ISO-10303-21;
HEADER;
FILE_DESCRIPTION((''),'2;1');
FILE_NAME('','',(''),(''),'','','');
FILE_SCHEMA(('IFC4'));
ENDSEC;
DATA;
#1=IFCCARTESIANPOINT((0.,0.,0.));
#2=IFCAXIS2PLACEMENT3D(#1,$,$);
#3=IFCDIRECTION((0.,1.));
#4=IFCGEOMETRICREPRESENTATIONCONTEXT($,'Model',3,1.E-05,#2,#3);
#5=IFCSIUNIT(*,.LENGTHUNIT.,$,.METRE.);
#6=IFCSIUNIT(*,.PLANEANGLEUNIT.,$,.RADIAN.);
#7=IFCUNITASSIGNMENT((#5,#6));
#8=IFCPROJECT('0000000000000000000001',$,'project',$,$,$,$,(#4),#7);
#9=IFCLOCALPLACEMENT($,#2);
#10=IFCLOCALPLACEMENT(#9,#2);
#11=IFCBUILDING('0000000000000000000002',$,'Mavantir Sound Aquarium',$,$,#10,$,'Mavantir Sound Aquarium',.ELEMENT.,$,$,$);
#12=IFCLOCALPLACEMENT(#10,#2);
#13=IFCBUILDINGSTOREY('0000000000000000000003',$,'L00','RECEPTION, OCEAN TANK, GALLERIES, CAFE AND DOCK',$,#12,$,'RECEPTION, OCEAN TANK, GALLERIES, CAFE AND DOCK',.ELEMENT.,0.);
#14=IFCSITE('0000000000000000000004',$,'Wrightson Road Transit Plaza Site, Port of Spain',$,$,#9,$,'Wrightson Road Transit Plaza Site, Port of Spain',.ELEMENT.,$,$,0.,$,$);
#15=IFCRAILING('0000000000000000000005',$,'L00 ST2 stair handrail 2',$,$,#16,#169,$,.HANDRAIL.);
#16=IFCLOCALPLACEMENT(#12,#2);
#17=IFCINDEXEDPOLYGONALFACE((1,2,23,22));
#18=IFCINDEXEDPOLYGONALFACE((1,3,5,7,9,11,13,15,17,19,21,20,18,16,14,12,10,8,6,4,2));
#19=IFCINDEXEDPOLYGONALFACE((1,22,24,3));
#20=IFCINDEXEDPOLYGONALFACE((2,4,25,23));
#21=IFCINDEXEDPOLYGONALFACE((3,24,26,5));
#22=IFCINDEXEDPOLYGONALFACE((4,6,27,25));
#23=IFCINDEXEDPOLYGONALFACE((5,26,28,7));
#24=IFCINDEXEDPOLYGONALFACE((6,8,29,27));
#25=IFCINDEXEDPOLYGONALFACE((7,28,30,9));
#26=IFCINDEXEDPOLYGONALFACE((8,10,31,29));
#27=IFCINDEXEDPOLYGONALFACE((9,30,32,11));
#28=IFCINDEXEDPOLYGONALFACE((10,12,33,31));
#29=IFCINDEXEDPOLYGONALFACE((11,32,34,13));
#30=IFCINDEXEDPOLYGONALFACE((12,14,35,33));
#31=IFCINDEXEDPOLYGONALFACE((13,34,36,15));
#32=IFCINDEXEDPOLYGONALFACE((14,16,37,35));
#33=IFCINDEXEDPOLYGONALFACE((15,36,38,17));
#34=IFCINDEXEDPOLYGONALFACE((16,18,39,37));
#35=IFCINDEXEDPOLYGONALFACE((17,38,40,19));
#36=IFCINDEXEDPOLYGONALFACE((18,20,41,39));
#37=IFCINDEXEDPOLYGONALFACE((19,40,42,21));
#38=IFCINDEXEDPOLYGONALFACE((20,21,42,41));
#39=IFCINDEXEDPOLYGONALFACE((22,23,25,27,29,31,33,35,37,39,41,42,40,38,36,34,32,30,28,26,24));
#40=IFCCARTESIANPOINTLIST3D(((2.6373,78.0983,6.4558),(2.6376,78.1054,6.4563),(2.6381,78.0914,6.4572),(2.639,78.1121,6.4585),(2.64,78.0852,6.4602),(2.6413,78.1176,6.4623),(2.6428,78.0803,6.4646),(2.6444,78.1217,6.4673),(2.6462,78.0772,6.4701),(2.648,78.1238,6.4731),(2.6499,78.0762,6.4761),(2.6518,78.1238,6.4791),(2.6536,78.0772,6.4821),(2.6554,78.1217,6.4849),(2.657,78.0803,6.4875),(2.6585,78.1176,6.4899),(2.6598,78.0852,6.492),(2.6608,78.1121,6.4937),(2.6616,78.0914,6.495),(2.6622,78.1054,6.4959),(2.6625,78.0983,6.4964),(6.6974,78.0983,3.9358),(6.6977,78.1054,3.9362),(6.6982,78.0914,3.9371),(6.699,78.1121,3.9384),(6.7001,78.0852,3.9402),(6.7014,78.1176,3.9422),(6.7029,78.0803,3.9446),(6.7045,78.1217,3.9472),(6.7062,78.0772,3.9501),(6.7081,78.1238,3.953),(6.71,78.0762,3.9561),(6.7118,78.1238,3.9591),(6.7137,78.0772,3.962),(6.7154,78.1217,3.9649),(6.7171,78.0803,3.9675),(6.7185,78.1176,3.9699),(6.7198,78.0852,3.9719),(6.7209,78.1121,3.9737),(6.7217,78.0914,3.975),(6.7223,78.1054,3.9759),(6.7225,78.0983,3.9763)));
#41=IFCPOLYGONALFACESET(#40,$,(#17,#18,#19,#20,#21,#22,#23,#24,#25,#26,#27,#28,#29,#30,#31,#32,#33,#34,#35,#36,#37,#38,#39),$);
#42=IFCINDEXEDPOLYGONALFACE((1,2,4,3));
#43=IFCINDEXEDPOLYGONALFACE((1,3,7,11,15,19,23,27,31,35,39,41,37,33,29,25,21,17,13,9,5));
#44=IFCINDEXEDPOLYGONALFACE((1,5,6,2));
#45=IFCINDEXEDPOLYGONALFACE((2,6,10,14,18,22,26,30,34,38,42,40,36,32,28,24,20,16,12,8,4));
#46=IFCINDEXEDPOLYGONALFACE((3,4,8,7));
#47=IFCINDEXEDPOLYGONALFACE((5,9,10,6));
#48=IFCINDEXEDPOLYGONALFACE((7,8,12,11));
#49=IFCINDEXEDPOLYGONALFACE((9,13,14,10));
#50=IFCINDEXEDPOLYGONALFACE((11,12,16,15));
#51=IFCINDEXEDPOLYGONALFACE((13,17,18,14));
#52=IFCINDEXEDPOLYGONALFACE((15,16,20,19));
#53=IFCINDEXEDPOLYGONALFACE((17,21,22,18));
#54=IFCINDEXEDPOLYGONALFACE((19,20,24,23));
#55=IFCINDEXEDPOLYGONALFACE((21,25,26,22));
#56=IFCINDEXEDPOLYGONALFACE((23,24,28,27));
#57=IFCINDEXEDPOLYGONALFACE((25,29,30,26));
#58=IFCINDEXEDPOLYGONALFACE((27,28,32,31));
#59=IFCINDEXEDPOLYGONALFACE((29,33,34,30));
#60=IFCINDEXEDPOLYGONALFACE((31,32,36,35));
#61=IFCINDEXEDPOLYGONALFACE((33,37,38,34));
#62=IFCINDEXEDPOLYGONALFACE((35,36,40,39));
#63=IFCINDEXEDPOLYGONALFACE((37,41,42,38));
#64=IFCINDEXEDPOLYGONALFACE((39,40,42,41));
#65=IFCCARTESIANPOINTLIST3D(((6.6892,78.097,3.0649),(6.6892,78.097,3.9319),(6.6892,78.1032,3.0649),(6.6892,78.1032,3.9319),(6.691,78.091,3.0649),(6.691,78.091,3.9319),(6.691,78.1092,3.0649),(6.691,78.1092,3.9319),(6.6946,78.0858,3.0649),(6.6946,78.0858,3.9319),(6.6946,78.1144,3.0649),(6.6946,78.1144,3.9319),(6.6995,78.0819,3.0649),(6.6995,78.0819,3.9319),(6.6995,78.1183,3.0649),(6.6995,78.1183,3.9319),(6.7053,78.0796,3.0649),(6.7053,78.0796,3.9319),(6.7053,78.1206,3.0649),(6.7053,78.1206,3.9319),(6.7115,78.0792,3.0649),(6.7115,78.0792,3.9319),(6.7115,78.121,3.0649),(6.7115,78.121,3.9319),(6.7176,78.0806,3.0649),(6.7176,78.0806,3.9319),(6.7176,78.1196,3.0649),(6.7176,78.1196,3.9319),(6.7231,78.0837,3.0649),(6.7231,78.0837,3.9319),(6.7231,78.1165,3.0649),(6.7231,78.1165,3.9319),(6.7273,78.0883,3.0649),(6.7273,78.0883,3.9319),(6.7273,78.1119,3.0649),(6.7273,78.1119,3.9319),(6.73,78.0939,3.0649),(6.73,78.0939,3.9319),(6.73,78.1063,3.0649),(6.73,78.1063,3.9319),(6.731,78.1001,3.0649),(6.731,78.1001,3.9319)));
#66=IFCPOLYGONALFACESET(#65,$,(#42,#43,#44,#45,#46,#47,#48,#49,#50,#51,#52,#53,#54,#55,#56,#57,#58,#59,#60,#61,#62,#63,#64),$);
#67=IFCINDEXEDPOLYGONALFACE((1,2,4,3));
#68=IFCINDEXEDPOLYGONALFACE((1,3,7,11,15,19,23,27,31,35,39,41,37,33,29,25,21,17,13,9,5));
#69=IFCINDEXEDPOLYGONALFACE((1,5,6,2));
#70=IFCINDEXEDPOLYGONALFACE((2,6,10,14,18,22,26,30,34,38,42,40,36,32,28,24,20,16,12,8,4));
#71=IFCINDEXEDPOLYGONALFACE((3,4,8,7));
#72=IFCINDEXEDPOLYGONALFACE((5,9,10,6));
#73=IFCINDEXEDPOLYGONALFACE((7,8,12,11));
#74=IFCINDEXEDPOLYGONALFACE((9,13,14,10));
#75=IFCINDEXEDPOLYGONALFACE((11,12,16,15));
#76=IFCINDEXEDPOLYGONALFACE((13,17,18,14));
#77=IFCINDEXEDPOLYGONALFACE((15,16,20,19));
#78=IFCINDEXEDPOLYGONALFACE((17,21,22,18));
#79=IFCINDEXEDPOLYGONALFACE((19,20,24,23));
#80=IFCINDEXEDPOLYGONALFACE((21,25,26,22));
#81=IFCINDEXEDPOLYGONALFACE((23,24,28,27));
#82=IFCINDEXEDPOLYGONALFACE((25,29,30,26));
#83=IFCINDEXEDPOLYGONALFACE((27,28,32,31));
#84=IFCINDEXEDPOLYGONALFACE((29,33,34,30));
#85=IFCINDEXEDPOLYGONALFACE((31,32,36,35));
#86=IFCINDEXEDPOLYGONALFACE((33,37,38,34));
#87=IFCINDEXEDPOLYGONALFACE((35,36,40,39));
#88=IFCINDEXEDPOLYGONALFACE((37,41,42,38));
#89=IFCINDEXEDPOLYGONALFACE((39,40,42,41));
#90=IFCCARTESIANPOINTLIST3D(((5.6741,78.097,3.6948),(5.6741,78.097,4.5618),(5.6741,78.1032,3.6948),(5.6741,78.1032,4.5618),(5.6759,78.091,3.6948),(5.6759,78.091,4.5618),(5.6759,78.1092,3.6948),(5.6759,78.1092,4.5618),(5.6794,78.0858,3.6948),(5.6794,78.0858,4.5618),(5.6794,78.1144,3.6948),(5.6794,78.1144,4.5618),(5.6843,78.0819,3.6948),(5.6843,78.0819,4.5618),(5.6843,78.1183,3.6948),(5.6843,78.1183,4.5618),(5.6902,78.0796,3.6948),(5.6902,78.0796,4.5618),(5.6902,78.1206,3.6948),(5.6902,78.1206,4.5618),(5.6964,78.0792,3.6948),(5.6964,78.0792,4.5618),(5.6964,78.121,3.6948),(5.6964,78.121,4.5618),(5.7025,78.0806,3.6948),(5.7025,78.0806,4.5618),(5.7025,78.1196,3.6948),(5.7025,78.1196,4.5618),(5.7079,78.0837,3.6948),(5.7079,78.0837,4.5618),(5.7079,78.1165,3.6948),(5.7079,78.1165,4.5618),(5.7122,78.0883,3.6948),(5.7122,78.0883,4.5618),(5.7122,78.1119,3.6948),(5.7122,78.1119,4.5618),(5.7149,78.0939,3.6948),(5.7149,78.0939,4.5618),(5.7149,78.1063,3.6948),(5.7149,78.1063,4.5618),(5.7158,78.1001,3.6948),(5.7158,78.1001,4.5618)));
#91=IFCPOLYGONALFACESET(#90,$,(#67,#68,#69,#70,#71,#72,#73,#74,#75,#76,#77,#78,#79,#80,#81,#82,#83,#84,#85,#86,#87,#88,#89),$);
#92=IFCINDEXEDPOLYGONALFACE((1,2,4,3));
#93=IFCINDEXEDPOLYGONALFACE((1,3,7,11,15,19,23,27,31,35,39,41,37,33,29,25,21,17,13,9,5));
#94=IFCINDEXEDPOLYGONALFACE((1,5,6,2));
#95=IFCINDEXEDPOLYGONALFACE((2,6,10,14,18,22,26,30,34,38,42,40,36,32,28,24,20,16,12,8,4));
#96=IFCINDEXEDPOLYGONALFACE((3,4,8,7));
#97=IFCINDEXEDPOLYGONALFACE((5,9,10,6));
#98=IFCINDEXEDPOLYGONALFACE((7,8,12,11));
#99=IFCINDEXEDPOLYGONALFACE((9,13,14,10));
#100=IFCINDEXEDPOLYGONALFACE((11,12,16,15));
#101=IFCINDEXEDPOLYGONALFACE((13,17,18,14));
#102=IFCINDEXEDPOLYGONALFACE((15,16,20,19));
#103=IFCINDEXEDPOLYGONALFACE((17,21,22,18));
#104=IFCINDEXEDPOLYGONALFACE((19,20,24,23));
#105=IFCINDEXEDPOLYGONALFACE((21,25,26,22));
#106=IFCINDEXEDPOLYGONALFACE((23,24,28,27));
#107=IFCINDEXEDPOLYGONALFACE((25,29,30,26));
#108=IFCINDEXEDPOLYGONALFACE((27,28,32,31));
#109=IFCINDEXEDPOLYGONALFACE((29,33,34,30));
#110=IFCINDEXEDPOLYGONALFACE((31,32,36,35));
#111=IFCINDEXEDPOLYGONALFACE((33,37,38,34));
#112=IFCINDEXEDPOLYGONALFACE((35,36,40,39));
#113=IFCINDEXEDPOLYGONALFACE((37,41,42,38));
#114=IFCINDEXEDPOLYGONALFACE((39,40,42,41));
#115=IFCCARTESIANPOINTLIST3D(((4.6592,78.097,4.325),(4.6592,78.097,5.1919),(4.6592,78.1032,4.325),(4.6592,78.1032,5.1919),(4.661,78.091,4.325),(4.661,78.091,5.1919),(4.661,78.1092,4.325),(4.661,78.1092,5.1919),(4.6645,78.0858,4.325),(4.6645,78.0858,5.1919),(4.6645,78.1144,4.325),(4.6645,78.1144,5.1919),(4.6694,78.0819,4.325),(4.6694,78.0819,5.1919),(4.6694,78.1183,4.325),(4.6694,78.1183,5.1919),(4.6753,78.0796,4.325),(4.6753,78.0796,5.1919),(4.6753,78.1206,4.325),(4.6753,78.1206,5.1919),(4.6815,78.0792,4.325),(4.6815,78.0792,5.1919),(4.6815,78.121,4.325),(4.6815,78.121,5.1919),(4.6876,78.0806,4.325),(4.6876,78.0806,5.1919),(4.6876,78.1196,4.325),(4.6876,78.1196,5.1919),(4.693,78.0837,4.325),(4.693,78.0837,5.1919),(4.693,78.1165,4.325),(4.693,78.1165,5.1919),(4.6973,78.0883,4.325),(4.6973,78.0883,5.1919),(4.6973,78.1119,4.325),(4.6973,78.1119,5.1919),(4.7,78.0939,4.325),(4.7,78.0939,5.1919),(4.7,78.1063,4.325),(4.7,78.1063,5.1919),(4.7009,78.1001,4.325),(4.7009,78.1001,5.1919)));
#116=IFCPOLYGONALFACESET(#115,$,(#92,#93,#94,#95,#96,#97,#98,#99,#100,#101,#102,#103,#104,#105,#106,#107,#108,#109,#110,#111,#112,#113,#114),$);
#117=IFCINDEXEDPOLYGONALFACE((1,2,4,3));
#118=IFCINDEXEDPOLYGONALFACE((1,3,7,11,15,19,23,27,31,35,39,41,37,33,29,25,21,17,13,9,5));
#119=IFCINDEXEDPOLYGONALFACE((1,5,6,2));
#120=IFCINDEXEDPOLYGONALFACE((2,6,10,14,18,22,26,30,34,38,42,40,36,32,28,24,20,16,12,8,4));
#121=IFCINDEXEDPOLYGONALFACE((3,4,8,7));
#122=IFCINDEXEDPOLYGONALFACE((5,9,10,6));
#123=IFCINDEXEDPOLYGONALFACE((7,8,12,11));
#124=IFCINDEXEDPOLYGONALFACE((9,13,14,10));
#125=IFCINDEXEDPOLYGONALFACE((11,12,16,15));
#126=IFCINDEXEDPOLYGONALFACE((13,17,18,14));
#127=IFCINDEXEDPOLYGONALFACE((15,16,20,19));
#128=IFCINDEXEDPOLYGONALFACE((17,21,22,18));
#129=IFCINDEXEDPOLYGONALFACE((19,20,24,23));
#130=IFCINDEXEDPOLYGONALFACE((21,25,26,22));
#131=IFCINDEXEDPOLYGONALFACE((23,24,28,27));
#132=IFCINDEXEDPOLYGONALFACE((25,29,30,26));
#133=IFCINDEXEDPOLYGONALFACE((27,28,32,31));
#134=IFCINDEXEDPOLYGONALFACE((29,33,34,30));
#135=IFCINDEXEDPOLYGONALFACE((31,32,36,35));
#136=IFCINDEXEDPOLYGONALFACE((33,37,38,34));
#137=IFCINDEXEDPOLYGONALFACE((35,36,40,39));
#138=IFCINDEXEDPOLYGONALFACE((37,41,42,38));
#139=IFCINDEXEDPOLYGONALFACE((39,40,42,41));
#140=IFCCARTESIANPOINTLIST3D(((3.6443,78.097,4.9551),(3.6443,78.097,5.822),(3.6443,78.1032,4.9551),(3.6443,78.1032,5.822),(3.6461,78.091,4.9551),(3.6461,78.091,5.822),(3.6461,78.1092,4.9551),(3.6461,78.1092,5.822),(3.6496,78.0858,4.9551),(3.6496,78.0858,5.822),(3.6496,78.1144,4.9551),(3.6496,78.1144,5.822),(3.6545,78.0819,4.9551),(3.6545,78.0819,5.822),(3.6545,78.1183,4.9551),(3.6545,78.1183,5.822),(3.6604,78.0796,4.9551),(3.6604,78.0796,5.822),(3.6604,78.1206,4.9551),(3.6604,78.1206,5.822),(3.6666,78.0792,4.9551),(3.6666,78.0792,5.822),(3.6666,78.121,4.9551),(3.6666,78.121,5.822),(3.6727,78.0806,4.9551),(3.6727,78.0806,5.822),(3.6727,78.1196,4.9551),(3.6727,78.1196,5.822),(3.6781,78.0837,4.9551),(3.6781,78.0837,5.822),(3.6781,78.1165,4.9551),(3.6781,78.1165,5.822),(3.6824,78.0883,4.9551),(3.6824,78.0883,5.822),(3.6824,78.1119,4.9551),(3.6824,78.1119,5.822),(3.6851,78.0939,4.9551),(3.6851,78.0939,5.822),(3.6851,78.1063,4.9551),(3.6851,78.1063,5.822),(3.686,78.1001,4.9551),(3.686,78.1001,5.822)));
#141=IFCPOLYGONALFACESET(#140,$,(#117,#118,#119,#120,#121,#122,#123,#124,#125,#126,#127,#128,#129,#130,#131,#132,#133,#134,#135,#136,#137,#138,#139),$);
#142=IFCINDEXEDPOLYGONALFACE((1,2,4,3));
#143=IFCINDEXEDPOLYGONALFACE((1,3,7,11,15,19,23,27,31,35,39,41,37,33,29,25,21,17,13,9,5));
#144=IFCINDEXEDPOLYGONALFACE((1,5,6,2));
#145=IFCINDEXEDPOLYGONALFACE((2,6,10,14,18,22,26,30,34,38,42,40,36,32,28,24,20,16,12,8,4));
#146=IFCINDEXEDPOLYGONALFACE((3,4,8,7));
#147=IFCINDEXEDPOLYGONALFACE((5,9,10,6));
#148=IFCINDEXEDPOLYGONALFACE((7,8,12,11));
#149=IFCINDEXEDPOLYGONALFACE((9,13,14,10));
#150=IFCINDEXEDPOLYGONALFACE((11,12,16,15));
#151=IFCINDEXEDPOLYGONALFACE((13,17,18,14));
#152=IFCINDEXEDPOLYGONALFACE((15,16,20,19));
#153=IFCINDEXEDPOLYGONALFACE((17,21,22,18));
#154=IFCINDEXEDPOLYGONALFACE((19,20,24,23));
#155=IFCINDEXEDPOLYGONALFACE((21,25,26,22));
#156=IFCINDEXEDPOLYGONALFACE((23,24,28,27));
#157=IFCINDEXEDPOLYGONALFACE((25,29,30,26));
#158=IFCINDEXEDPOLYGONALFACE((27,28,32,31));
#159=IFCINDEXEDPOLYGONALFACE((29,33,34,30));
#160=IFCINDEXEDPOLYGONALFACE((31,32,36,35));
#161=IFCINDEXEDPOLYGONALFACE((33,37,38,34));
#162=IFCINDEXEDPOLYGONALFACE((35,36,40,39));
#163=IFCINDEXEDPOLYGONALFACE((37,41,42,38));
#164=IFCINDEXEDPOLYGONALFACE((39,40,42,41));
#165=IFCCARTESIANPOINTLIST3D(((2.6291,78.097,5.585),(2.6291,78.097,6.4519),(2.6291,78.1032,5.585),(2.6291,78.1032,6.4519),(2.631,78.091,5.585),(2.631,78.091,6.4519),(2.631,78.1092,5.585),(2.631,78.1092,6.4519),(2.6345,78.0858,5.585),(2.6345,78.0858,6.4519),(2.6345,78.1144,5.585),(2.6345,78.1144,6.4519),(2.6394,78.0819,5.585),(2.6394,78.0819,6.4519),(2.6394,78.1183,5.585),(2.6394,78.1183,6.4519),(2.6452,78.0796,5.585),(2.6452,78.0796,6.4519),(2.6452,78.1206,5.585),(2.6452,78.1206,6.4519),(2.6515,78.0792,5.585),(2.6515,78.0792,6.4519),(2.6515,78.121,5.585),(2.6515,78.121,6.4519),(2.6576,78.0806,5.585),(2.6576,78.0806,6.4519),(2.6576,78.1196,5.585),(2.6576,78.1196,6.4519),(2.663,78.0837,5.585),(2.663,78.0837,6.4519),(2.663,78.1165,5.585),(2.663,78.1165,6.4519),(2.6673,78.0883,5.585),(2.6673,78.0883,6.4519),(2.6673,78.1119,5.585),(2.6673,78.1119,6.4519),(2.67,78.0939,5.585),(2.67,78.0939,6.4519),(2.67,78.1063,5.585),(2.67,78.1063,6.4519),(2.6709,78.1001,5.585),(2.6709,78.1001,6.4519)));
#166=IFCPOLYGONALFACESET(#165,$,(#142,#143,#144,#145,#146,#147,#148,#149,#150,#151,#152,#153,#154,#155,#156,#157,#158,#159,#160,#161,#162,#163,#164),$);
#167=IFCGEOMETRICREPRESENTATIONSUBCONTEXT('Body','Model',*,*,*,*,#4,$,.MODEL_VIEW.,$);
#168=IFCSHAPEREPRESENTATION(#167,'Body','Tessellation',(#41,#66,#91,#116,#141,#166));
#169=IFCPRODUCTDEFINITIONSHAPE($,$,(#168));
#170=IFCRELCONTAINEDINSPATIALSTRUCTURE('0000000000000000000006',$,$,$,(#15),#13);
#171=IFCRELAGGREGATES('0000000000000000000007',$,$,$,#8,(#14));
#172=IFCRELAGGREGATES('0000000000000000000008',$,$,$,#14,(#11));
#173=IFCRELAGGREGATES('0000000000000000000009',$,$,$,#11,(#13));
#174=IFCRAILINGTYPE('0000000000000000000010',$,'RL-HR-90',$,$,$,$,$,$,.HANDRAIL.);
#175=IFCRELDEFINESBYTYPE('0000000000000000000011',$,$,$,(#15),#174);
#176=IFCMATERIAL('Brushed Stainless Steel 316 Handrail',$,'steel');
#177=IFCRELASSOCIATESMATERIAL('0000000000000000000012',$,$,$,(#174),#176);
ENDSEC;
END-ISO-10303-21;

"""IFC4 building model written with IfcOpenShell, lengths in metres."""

from ifc_helpers import new_model, si_unit, direction, frame, origin, origin_2d, place, context, subcontext, project, spatial, circle, extrude, material, type_object, element, save


model = new_model("IFC4")

# Units and contexts
model_context = context("Model", 3, precision=1e-05, world=origin(), true_north=direction((0.0, 1.0)))
body_context = subcontext(model_context, "Body", "Model", "MODEL_VIEW")
ifc_project = project(units=[si_unit("LENGTHUNIT", "METRE"), si_unit("PLANEANGLEUNIT", "RADIAN")], contexts=[model_context])

# Site, building, storey
site_placement = place(None, origin())
site = spatial("IfcSite", under=ifc_project, at=site_placement, Name="Wrightson Road Transit Plaza Site, Port of Spain", LongName="Wrightson Road Transit Plaza Site, Port of Spain", CompositionType="ELEMENT", RefElevation=0.0)
building_placement = place(site_placement, origin())
building = spatial("IfcBuilding", under=site, at=building_placement, Name="Mavantir Sound Aquarium", LongName="Mavantir Sound Aquarium", CompositionType="ELEMENT")
storey_placement = place(building_placement, origin())
storey = spatial("IfcBuildingStorey", under=building, at=storey_placement, Name="L00", Description="RECEPTION, OCEAN TANK, GALLERIES, CAFE AND DOCK", LongName="RECEPTION, OCEAN TANK, GALLERIES, CAFE AND DOCK", CompositionType="ELEMENT", Elevation=0.0)

# Railing
ifc_material_1 = material(Name="Brushed Stainless Steel 316 Handrail", Category="steel")
railing_type_1 = type_object("IfcRailingType", Name="RL-HR-90", PredefinedType="HANDRAIL", material=ifc_material_1)
railing_1_placement = place(storey_placement, frame((6.71, 78.1001, 3.0649)))
element("IfcRailing", 1, at=railing_1_placement, inside=storey, type_object=railing_type_1, Name="L00 ST2 stair handrail 2", PredefinedType="HANDRAIL", context=body_context, shape_type="SweptSolid", body=[
    extrude(circle(Radius=0.0239, at=origin_2d()), frame((0.0, 0.0, 0.8911), z_axis=(-0.849642, 0.0, 0.52736), x_axis=(0.0, -1.0, 0.0)), (0.0, 0.0, 1.0), 4.7786),
    extrude(circle(Radius=0.021, at=origin_2d()), origin(), (0.0, 0.0, 1.0), 0.8669),
    extrude(circle(Radius=0.021, at=origin_2d()), frame((-1.0151, 0.0, 0.6299)), (0.0, 0.0, 1.0), 0.8669),
    extrude(circle(Radius=0.021, at=origin_2d()), frame((-2.03, 0.0, 1.26)), (0.0, 0.0, 1.0), 0.8669),
    extrude(circle(Radius=0.021, at=origin_2d()), frame((-3.0449, 0.0, 1.8901)), (0.0, 0.0, 1.0), 0.8669),
    extrude(circle(Radius=0.021, at=origin_2d()), frame((-4.0601, 0.0, 2.52)), (0.0, 0.0, 1.0), 0.8669),
])

save(model, "model.ifc")
